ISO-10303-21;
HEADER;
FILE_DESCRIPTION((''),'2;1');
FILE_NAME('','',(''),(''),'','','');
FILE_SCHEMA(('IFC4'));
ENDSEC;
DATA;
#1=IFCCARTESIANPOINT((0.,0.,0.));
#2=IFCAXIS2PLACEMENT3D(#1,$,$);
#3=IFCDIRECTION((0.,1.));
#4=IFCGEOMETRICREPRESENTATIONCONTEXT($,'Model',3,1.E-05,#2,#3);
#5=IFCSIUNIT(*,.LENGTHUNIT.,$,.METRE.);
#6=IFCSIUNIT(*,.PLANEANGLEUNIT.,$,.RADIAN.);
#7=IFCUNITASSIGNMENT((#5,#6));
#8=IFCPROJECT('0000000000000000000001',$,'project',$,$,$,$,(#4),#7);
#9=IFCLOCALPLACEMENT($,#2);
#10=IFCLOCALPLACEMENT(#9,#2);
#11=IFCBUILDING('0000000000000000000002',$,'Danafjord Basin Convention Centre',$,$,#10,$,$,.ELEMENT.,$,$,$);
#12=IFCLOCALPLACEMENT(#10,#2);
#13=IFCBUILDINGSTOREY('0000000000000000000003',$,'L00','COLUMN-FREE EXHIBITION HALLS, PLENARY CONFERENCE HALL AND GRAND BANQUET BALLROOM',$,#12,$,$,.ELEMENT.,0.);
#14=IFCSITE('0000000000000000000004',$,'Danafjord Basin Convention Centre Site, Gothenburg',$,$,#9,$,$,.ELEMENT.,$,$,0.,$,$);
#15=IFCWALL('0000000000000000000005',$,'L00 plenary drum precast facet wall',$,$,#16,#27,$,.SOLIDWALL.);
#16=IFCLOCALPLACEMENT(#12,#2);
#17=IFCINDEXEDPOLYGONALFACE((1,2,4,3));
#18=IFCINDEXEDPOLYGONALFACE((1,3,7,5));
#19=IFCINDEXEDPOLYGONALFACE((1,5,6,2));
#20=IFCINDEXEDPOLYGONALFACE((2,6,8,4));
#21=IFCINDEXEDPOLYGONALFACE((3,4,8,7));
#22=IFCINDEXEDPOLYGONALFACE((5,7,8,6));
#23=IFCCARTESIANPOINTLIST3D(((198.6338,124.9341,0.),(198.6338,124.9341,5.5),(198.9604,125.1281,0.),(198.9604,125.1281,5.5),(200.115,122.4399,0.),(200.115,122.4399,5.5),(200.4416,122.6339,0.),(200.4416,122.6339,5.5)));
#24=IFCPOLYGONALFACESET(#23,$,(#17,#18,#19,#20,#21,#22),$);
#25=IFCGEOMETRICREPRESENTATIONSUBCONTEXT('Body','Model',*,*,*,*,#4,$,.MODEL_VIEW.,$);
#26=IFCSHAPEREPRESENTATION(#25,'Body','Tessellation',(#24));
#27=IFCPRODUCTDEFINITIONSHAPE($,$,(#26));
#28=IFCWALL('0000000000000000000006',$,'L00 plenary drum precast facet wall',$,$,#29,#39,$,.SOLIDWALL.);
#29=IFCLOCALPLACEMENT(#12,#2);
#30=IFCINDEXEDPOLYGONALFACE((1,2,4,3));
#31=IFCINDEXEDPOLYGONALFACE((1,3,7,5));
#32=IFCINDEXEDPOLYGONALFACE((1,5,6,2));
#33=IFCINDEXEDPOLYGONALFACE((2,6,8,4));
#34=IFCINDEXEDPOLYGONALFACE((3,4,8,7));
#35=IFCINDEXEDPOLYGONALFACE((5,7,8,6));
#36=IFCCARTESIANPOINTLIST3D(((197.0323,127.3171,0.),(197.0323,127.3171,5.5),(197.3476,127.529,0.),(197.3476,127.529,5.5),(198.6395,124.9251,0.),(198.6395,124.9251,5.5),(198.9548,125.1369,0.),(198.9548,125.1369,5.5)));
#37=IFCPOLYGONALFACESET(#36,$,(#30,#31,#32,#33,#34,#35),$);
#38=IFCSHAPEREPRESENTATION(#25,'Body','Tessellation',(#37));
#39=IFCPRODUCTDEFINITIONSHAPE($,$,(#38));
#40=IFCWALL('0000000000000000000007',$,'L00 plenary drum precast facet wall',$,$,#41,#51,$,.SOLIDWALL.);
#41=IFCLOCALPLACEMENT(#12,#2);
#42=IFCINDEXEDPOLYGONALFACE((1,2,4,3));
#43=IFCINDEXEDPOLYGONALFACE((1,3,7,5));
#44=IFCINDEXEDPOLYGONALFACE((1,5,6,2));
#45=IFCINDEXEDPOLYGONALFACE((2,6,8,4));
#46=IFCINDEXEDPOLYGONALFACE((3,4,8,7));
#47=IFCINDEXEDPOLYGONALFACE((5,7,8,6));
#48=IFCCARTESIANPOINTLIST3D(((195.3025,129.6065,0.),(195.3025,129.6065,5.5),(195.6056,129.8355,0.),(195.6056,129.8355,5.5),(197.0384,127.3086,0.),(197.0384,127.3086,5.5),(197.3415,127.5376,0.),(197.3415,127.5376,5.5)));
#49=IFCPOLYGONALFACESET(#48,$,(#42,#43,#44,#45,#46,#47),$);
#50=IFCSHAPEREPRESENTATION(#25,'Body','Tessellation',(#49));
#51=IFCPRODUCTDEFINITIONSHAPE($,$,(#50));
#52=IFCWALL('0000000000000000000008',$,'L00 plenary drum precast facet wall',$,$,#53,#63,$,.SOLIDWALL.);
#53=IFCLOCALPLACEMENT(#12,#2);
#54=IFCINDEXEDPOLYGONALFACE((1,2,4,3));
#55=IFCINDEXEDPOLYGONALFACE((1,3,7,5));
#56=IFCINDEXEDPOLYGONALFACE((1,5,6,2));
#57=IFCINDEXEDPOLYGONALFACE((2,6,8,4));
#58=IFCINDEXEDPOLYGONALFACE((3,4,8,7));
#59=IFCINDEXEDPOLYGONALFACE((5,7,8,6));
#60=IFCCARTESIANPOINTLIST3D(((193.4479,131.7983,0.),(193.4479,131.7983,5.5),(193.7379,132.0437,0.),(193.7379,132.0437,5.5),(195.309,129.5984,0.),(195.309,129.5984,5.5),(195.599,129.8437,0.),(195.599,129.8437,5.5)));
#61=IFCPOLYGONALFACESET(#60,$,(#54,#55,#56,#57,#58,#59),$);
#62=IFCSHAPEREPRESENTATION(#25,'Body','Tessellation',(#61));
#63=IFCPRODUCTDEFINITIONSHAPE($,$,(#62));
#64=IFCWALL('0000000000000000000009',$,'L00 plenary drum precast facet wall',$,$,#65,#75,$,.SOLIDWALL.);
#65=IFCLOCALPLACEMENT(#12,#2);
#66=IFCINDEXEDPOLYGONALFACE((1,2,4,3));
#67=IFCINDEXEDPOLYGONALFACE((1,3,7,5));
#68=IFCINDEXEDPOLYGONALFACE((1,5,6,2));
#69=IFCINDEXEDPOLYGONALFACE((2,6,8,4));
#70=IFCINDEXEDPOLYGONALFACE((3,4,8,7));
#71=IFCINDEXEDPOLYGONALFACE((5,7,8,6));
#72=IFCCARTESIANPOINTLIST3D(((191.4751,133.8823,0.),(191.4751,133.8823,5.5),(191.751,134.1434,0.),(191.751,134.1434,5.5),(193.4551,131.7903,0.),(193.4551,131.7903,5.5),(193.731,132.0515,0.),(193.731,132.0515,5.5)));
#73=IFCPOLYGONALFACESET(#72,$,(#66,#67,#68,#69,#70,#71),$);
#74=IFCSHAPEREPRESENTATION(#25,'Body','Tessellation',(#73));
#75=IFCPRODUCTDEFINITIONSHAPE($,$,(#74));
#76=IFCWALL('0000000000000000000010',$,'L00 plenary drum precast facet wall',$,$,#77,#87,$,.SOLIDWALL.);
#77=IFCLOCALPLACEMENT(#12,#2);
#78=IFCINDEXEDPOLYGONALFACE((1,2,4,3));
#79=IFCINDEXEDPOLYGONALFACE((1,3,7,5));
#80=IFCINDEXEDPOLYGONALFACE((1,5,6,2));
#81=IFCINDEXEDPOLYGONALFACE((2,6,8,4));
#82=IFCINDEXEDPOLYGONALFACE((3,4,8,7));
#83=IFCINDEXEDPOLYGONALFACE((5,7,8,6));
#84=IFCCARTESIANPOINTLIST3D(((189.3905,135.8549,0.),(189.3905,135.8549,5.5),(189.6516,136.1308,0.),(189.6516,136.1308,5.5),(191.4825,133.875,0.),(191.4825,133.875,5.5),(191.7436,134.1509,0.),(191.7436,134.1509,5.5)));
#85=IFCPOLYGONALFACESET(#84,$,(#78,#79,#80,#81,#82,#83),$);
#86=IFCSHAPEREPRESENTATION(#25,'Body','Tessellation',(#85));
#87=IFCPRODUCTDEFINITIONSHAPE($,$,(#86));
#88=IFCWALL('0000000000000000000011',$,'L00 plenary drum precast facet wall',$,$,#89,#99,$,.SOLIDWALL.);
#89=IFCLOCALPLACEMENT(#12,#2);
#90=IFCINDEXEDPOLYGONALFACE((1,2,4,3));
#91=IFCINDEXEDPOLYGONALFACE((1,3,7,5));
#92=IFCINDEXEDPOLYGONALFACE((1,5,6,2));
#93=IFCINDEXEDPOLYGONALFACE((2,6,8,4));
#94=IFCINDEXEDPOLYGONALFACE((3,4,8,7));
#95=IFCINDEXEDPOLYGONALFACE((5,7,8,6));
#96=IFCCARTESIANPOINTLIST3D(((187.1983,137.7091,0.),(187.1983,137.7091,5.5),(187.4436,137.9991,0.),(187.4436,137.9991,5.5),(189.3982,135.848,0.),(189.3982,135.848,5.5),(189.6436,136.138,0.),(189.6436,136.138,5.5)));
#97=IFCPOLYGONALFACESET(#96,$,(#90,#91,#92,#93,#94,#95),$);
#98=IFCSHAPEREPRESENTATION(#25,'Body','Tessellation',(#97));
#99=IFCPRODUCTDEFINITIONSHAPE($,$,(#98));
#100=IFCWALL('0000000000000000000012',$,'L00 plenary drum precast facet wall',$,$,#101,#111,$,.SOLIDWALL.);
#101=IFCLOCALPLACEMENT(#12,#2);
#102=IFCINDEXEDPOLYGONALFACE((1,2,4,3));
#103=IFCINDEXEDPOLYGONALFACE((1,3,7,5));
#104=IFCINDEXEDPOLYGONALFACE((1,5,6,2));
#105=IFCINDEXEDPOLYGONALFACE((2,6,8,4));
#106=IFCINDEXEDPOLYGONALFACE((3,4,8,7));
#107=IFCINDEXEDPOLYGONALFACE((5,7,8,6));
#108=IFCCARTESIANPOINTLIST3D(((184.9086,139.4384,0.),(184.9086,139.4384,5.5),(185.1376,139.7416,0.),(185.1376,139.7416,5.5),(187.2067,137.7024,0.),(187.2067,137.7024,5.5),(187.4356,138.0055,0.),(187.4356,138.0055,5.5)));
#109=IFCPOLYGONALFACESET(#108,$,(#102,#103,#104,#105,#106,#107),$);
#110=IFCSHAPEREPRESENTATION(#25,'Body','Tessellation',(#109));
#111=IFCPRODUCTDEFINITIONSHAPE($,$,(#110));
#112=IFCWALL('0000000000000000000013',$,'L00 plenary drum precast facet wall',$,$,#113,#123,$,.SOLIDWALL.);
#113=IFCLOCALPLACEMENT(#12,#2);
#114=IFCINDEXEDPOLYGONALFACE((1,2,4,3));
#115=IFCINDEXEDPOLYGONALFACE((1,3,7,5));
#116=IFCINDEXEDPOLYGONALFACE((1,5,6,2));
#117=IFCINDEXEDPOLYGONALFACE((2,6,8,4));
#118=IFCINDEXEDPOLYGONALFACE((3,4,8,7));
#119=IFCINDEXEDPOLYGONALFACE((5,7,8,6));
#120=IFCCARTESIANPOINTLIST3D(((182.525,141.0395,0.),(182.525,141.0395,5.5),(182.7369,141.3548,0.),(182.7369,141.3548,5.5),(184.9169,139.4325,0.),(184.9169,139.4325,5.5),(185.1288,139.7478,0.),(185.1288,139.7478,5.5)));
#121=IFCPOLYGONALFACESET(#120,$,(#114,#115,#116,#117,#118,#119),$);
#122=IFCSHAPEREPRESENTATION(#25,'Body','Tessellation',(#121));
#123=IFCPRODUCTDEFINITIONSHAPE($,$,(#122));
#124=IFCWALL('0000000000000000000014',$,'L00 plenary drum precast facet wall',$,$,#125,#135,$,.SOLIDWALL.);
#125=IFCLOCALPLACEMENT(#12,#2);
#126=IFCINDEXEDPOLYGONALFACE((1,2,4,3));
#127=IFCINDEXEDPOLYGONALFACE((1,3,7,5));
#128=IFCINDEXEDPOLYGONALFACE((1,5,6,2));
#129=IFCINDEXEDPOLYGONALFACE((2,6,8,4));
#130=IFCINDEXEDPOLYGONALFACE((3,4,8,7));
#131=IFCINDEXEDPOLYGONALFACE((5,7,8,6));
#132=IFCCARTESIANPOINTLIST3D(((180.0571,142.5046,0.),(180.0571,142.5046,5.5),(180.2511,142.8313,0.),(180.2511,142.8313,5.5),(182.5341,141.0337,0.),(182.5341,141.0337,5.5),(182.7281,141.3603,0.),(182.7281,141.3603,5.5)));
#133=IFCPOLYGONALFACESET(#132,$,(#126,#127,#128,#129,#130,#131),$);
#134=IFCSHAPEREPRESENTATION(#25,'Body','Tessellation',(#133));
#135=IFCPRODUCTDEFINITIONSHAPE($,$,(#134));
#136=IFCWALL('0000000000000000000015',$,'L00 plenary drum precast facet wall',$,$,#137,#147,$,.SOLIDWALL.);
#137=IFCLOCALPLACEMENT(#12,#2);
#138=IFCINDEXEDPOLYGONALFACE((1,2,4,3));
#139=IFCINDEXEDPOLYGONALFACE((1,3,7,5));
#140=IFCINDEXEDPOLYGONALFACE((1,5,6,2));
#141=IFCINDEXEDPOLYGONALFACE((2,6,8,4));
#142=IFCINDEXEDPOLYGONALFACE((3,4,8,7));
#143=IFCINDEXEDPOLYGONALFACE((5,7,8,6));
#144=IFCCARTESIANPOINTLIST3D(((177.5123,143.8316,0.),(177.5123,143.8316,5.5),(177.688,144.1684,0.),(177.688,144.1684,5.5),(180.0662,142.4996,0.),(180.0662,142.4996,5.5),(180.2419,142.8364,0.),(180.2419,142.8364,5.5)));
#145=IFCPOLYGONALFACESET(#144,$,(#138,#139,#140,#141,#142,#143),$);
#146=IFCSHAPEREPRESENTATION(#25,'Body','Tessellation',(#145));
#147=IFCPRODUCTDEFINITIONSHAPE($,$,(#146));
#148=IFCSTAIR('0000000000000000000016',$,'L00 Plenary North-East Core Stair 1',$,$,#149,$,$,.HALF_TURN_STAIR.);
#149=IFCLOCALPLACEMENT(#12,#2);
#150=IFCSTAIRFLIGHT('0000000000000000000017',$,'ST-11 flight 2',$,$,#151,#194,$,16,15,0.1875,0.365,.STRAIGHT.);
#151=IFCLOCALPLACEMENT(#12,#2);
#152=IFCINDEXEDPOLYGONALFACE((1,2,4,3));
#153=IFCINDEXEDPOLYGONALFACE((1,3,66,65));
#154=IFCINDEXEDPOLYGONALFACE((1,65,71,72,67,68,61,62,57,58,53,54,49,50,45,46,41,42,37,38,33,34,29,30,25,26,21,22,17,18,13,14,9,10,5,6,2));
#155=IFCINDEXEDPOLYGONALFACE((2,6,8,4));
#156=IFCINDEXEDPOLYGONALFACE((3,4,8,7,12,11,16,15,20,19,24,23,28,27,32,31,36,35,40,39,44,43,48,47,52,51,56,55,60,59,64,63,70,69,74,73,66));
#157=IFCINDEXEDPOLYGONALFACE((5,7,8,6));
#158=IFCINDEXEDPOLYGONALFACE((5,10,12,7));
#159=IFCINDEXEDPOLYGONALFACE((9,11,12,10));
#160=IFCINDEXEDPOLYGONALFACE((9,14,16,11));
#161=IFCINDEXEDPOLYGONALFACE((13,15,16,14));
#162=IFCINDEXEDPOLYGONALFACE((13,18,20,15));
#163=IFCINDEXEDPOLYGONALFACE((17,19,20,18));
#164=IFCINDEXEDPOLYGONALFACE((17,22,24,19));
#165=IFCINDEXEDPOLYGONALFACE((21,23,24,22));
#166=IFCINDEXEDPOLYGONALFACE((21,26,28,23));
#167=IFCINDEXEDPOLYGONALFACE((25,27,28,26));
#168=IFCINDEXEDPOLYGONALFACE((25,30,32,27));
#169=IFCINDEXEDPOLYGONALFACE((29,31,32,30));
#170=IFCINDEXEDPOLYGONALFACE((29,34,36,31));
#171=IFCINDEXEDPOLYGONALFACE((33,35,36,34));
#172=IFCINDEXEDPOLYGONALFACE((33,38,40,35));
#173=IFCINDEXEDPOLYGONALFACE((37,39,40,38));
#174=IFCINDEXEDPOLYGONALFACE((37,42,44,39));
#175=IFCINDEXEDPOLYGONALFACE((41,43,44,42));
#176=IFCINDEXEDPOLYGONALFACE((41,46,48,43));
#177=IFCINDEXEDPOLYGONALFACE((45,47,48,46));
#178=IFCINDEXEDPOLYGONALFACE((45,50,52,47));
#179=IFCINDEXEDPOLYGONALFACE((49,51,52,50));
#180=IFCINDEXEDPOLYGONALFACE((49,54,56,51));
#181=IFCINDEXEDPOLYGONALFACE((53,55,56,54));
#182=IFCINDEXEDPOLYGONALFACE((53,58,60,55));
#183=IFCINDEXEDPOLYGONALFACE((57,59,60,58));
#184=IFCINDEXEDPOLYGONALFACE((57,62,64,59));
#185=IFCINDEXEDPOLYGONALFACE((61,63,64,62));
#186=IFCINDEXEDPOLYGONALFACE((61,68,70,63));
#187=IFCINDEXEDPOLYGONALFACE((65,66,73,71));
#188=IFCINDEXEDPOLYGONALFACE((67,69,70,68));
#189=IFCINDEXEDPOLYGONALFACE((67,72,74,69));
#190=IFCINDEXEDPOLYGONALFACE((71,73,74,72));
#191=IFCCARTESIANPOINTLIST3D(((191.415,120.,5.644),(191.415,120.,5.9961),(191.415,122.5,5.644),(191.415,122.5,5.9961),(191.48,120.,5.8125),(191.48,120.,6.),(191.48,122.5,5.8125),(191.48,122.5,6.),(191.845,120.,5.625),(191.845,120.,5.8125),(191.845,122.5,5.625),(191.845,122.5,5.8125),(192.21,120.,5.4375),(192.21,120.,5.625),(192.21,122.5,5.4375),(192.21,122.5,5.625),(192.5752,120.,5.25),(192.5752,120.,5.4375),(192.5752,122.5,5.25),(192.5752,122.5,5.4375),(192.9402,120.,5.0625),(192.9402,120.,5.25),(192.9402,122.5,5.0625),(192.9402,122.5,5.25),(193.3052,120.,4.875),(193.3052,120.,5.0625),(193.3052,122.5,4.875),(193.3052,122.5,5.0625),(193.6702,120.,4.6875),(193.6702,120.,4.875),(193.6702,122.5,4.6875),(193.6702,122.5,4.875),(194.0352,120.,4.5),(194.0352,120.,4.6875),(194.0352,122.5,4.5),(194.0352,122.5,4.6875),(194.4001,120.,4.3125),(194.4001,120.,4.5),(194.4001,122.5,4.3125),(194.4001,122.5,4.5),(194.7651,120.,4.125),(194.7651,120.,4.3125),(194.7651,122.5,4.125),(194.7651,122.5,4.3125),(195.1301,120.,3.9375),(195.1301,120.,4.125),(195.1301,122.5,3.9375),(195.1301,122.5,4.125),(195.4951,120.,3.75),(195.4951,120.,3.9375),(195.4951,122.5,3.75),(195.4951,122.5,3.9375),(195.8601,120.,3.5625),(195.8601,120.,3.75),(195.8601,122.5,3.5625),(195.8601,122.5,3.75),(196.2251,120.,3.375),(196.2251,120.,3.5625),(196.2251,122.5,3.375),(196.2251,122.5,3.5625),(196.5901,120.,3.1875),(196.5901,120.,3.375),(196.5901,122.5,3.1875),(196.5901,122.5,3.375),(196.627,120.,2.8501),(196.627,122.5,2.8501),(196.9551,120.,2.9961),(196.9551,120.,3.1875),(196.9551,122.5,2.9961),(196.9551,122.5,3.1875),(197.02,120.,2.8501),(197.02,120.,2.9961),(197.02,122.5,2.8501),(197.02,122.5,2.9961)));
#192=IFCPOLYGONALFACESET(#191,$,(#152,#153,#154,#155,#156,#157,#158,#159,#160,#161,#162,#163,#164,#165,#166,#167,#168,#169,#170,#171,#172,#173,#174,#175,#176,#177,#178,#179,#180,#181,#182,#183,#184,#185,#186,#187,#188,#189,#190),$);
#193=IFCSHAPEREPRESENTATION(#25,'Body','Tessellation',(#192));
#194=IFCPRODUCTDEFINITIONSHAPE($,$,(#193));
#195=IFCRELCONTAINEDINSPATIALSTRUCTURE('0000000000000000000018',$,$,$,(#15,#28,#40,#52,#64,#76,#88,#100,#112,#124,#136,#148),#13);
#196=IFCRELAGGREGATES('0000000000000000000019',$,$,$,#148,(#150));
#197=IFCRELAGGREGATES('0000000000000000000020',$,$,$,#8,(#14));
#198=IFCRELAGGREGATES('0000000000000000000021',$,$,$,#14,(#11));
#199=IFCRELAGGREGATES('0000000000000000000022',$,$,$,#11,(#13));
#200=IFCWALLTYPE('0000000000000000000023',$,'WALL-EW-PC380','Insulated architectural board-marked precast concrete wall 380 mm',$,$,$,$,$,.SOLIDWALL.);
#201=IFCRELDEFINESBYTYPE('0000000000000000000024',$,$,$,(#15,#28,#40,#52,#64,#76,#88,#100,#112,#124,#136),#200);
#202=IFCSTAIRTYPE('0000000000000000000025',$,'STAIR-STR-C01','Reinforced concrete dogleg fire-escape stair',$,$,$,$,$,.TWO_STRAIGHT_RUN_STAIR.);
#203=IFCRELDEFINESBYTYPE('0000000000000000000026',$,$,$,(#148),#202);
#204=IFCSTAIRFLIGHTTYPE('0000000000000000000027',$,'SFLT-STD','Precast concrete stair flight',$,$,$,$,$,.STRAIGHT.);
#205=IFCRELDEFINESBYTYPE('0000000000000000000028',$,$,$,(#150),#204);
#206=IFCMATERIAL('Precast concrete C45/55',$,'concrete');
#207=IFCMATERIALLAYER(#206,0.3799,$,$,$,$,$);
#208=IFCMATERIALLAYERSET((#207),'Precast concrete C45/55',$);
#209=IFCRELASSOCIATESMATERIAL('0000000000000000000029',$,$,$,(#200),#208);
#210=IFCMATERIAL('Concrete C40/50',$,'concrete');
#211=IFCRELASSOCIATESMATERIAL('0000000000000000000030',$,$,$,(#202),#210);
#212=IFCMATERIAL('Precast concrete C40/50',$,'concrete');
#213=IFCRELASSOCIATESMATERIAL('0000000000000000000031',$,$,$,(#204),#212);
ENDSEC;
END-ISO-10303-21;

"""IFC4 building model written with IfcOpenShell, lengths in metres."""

from ifc_helpers import new_model, si_unit, direction, frame, frame_2d, origin, place, context, subcontext, project, spatial, polyline, rectangle, outline, extrude, material, layer, layer_set, type_object, element, aggregate, save


model = new_model("IFC4")

# Units and contexts
model_context = context("Model", 3, precision=1e-05, world=origin(), true_north=direction((0.0, 1.0)))
body_context = subcontext(model_context, "Body", "Model", "MODEL_VIEW")
ifc_project = project(units=[si_unit("LENGTHUNIT", "METRE"), si_unit("PLANEANGLEUNIT", "RADIAN")], contexts=[model_context])

# Site, building, storey
site_placement = place(None, origin())
site = spatial("IfcSite", under=ifc_project, at=site_placement, Name="Danafjord Basin Convention Centre Site, Gothenburg", CompositionType="ELEMENT", RefElevation=0.0)
building_placement = place(site_placement, origin())
building = spatial("IfcBuilding", under=site, at=building_placement, Name="Danafjord Basin Convention Centre", CompositionType="ELEMENT")
storey_placement = place(building_placement, origin())
storey = spatial("IfcBuildingStorey", under=building, at=storey_placement, Name="L00", Description="COLUMN-FREE EXHIBITION HALLS, PLENARY CONFERENCE HALL AND GRAND BANQUET BALLROOM", CompositionType="ELEMENT", Elevation=0.0)

# Shared definitions
ifc_material_1 = material(Name="Concrete C40/50", Category="concrete")

# Walls
ifc_material_2 = material(Name="Precast concrete C45/55", Category="concrete")
ifc_layer_1 = layer(ifc_material_2, 0.3799)
ifc_layer_set_1 = layer_set([ifc_layer_1], Name="Precast concrete C45/55")
wall_type_1 = type_object("IfcWallType", Name="WALL-EW-PC380", Description="Insulated architectural board-marked precast concrete wall 380 mm", PredefinedType="SOLIDWALL", material=ifc_layer_set_1)
wall_1_placement = place(storey_placement, frame((200.2783, 122.5369, 0.0), z_axis=(0.0, 0.0, 1.0), x_axis=(-0.510617, 0.859809, 0.0)))
element("IfcWall", 1, at=wall_1_placement, inside=storey, type_object=wall_type_1, Name="L00 plenary drum precast facet wall", PredefinedType="SOLIDWALL", context=body_context, shape_type="SweptSolid", body=[
    extrude(rectangle(XDim=2.9009, YDim=0.3799, at=frame_2d((1.4504, 0.0))), origin(), (0.0, 0.0, 1.0), 5.5),
])
wall_2_placement = place(storey_placement, frame((198.7971, 125.031, 0.0), z_axis=(0.0, 0.0, 1.0), x_axis=(-0.557688, 0.830051, 0.0)))
element("IfcWall", 2, at=wall_2_placement, inside=storey, type_object=wall_type_1, Name="L00 plenary drum precast facet wall", PredefinedType="SOLIDWALL", context=body_context, shape_type="SweptSolid", body=[
    extrude(rectangle(XDim=2.8818, YDim=0.3799, at=frame_2d((1.4409, 0.0))), origin(), (0.0, 0.0, 1.0), 5.5),
])
wall_3_placement = place(storey_placement, frame((197.1899, 127.4231, 0.0), z_axis=(0.0, 0.0, 1.0), x_axis=(-0.602764, 0.79792, 0.0)))
element("IfcWall", 3, at=wall_3_placement, inside=storey, type_object=wall_type_1, Name="L00 plenary drum precast facet wall", PredefinedType="SOLIDWALL", context=body_context, shape_type="SweptSolid", body=[
    extrude(rectangle(XDim=2.8799, YDim=0.3799, at=frame_2d((1.4399, 0.0))), origin(), (0.0, 0.0, 1.0), 5.5),
])
wall_4_placement = place(storey_placement, frame((195.4541, 129.7209, 0.0), z_axis=(0.0, 0.0, 1.0), x_axis=(-0.645859, 0.763457, 0.0)))
element("IfcWall", 4, at=wall_4_placement, inside=storey, type_object=wall_type_1, Name="L00 plenary drum precast facet wall", PredefinedType="SOLIDWALL", context=body_context, shape_type="SweptSolid", body=[
    extrude(rectangle(XDim=2.8816, YDim=0.3799, at=frame_2d((1.4409, 0.0))), origin(), (0.0, 0.0, 1.0), 5.5),
])
for number, where, z_axis, x_axis, name in (
    (5, (193.593, 131.9209, 0.0), (0.0, 0.0, 1.0), (-0.687387, 0.726291, 0.0), "L00 plenary drum precast facet wall"),
    (6, (191.613, 134.0129, 0.0), (0.0, 0.0, 1.0), (-0.726291, 0.687387, 0.0), "L00 plenary drum precast facet wall"),
):
    element("IfcWall", number, at=place(storey_placement, frame(where, z_axis=z_axis, x_axis=x_axis)), inside=storey, type_object=wall_type_1, Name=name, PredefinedType="SOLIDWALL", context=body_context, shape_type="SweptSolid", body=[
        extrude(rectangle(XDim=2.8804, YDim=0.3799, at=frame_2d((1.4402, 0.0))), origin(), (0.0, 0.0, 1.0), 5.5),
    ])
wall_5_placement = place(storey_placement, frame((189.521, 135.9929, 0.0), z_axis=(0.0, 0.0, 1.0), x_axis=(-0.763457, 0.645859, 0.0)))
element("IfcWall", 7, at=wall_5_placement, inside=storey, type_object=wall_type_1, Name="L00 plenary drum precast facet wall", PredefinedType="SOLIDWALL", context=body_context, shape_type="SweptSolid", body=[
    extrude(rectangle(XDim=2.8816, YDim=0.3799, at=frame_2d((1.4409, 0.0))), origin(), (0.0, 0.0, 1.0), 5.5),
])
wall_6_placement = place(storey_placement, frame((187.321, 137.854, 0.0), z_axis=(0.0, 0.0, 1.0), x_axis=(-0.79791, 0.602777, 0.0)))
element("IfcWall", 8, at=wall_6_placement, inside=storey, type_object=wall_type_1, Name="L00 plenary drum precast facet wall", PredefinedType="SOLIDWALL", context=body_context, shape_type="SweptSolid", body=[
    extrude(rectangle(XDim=2.8801, YDim=0.3799, at=frame_2d((1.4399, 0.0))), origin(), (0.0, 0.0, 1.0), 5.5),
])
wall_7_placement = place(storey_placement, frame((185.0229, 139.5901, 0.0), z_axis=(0.0, 0.0, 1.0), x_axis=(-0.830064, 0.557669, 0.0)))
element("IfcWall", 9, at=wall_7_placement, inside=storey, type_object=wall_type_1, Name="L00 plenary drum precast facet wall", PredefinedType="SOLIDWALL", context=body_context, shape_type="SweptSolid", body=[
    extrude(rectangle(XDim=2.8816, YDim=0.3799, at=frame_2d((1.4409, 0.0))), origin(), (0.0, 0.0, 1.0), 5.5),
])
wall_8_placement = place(storey_placement, frame((182.6311, 141.197, 0.0), z_axis=(0.0, 0.0, 1.0), x_axis=(-0.859825, 0.51059, 0.0)))
element("IfcWall", 10, at=wall_8_placement, inside=storey, type_object=wall_type_1, Name="L00 plenary drum precast facet wall", PredefinedType="SOLIDWALL", context=body_context, shape_type="SweptSolid", body=[
    extrude(rectangle(XDim=2.8809, YDim=0.3799, at=frame_2d((1.4404, 0.0))), origin(), (0.0, 0.0, 1.0), 5.5),
])
wall_9_placement = place(storey_placement, frame((180.1541, 142.668, 0.0), z_axis=(0.0, 0.0, 1.0), x_axis=(-0.886651, 0.462439, 0.0)))
element("IfcWall", 11, at=wall_9_placement, inside=storey, type_object=wall_type_1, Name="L00 plenary drum precast facet wall", PredefinedType="SOLIDWALL", context=body_context, shape_type="SweptSolid", body=[
    extrude(rectangle(XDim=2.8804, YDim=0.3799, at=frame_2d((1.4402, 0.0))), origin(), (0.0, 0.0, 1.0), 5.5),
])

# Stair, stair flight
stair_type = type_object("IfcStairType", Name="STAIR-STR-C01", Description="Reinforced concrete dogleg fire-escape stair", PredefinedType="TWO_STRAIGHT_RUN_STAIR", material=ifc_material_1)
stair_placement = place(storey_placement, origin())
stair = element("IfcStair", 12, at=stair_placement, inside=storey, type_object=stair_type, Name="L00 Plenary North-East Core Stair 1", PredefinedType="HALF_TURN_STAIR")
ifc_material_3 = material(Name="Precast concrete C40/50", Category="concrete")
stair_flight_type = type_object("IfcStairFlightType", Name="SFLT-STD", Description="Precast concrete stair flight", PredefinedType="STRAIGHT", material=ifc_material_3)
stair_flight_placement = place(storey_placement, frame((196.9551, 121.25, 3.0), z_axis=(0.0, 0.0, 1.0), x_axis=(-1.0, 0.0, 0.0)))
stair_flight = element("IfcStairFlight", 13, at=stair_flight_placement, type_object=stair_flight_type, Name="ST-11 flight 2", NumberOfRisers=16, NumberOfTreads=15, PredefinedType="STRAIGHT", RiserHeight=0.1875, TreadLength=0.365, context=body_context, shape_type="SweptSolid", body=[
    extrude(outline(polyline([(-0.0649, -0.1499), (-0.0649, -0.0039), (0.0, -0.0039), (0.0, 0.1875), (0.365, 0.1875), (0.365, 0.375), (0.73, 0.375), (0.73, 0.5625), (1.095, 0.5625), (1.095, 0.75), (1.46, 0.75), (1.46, 0.9375), (1.825, 0.9375), (1.825, 1.125), (2.1899, 1.125), (2.1899, 1.3125), (2.5549, 1.3125), (2.5549, 1.5), (2.9199, 1.5), (2.9199, 1.6875), (3.2849, 1.6875), (3.2849, 1.875), (3.6499, 1.875), (3.6499, 2.0625), (4.0149, 2.0625), (4.0149, 2.25), (4.3799, 2.25), (4.3799, 2.4375), (4.7451, 2.4375), (4.7451, 2.625), (5.1101, 2.625), (5.1101, 2.8125), (5.4751, 2.8125), (5.4751, 3.0), (5.54, 2.9961), (5.54, 2.644), (0.3281, -0.1499), (-0.0649, -0.1499)])), frame((0.0, 1.25, 0.0), z_axis=(0.0, -1.0, 0.0), x_axis=(1.0, 0.0, 0.0)), (0.0, 0.0, 1.0), 2.5),
])
aggregate(stair, [stair_flight])

save(model, "model.ifc")
